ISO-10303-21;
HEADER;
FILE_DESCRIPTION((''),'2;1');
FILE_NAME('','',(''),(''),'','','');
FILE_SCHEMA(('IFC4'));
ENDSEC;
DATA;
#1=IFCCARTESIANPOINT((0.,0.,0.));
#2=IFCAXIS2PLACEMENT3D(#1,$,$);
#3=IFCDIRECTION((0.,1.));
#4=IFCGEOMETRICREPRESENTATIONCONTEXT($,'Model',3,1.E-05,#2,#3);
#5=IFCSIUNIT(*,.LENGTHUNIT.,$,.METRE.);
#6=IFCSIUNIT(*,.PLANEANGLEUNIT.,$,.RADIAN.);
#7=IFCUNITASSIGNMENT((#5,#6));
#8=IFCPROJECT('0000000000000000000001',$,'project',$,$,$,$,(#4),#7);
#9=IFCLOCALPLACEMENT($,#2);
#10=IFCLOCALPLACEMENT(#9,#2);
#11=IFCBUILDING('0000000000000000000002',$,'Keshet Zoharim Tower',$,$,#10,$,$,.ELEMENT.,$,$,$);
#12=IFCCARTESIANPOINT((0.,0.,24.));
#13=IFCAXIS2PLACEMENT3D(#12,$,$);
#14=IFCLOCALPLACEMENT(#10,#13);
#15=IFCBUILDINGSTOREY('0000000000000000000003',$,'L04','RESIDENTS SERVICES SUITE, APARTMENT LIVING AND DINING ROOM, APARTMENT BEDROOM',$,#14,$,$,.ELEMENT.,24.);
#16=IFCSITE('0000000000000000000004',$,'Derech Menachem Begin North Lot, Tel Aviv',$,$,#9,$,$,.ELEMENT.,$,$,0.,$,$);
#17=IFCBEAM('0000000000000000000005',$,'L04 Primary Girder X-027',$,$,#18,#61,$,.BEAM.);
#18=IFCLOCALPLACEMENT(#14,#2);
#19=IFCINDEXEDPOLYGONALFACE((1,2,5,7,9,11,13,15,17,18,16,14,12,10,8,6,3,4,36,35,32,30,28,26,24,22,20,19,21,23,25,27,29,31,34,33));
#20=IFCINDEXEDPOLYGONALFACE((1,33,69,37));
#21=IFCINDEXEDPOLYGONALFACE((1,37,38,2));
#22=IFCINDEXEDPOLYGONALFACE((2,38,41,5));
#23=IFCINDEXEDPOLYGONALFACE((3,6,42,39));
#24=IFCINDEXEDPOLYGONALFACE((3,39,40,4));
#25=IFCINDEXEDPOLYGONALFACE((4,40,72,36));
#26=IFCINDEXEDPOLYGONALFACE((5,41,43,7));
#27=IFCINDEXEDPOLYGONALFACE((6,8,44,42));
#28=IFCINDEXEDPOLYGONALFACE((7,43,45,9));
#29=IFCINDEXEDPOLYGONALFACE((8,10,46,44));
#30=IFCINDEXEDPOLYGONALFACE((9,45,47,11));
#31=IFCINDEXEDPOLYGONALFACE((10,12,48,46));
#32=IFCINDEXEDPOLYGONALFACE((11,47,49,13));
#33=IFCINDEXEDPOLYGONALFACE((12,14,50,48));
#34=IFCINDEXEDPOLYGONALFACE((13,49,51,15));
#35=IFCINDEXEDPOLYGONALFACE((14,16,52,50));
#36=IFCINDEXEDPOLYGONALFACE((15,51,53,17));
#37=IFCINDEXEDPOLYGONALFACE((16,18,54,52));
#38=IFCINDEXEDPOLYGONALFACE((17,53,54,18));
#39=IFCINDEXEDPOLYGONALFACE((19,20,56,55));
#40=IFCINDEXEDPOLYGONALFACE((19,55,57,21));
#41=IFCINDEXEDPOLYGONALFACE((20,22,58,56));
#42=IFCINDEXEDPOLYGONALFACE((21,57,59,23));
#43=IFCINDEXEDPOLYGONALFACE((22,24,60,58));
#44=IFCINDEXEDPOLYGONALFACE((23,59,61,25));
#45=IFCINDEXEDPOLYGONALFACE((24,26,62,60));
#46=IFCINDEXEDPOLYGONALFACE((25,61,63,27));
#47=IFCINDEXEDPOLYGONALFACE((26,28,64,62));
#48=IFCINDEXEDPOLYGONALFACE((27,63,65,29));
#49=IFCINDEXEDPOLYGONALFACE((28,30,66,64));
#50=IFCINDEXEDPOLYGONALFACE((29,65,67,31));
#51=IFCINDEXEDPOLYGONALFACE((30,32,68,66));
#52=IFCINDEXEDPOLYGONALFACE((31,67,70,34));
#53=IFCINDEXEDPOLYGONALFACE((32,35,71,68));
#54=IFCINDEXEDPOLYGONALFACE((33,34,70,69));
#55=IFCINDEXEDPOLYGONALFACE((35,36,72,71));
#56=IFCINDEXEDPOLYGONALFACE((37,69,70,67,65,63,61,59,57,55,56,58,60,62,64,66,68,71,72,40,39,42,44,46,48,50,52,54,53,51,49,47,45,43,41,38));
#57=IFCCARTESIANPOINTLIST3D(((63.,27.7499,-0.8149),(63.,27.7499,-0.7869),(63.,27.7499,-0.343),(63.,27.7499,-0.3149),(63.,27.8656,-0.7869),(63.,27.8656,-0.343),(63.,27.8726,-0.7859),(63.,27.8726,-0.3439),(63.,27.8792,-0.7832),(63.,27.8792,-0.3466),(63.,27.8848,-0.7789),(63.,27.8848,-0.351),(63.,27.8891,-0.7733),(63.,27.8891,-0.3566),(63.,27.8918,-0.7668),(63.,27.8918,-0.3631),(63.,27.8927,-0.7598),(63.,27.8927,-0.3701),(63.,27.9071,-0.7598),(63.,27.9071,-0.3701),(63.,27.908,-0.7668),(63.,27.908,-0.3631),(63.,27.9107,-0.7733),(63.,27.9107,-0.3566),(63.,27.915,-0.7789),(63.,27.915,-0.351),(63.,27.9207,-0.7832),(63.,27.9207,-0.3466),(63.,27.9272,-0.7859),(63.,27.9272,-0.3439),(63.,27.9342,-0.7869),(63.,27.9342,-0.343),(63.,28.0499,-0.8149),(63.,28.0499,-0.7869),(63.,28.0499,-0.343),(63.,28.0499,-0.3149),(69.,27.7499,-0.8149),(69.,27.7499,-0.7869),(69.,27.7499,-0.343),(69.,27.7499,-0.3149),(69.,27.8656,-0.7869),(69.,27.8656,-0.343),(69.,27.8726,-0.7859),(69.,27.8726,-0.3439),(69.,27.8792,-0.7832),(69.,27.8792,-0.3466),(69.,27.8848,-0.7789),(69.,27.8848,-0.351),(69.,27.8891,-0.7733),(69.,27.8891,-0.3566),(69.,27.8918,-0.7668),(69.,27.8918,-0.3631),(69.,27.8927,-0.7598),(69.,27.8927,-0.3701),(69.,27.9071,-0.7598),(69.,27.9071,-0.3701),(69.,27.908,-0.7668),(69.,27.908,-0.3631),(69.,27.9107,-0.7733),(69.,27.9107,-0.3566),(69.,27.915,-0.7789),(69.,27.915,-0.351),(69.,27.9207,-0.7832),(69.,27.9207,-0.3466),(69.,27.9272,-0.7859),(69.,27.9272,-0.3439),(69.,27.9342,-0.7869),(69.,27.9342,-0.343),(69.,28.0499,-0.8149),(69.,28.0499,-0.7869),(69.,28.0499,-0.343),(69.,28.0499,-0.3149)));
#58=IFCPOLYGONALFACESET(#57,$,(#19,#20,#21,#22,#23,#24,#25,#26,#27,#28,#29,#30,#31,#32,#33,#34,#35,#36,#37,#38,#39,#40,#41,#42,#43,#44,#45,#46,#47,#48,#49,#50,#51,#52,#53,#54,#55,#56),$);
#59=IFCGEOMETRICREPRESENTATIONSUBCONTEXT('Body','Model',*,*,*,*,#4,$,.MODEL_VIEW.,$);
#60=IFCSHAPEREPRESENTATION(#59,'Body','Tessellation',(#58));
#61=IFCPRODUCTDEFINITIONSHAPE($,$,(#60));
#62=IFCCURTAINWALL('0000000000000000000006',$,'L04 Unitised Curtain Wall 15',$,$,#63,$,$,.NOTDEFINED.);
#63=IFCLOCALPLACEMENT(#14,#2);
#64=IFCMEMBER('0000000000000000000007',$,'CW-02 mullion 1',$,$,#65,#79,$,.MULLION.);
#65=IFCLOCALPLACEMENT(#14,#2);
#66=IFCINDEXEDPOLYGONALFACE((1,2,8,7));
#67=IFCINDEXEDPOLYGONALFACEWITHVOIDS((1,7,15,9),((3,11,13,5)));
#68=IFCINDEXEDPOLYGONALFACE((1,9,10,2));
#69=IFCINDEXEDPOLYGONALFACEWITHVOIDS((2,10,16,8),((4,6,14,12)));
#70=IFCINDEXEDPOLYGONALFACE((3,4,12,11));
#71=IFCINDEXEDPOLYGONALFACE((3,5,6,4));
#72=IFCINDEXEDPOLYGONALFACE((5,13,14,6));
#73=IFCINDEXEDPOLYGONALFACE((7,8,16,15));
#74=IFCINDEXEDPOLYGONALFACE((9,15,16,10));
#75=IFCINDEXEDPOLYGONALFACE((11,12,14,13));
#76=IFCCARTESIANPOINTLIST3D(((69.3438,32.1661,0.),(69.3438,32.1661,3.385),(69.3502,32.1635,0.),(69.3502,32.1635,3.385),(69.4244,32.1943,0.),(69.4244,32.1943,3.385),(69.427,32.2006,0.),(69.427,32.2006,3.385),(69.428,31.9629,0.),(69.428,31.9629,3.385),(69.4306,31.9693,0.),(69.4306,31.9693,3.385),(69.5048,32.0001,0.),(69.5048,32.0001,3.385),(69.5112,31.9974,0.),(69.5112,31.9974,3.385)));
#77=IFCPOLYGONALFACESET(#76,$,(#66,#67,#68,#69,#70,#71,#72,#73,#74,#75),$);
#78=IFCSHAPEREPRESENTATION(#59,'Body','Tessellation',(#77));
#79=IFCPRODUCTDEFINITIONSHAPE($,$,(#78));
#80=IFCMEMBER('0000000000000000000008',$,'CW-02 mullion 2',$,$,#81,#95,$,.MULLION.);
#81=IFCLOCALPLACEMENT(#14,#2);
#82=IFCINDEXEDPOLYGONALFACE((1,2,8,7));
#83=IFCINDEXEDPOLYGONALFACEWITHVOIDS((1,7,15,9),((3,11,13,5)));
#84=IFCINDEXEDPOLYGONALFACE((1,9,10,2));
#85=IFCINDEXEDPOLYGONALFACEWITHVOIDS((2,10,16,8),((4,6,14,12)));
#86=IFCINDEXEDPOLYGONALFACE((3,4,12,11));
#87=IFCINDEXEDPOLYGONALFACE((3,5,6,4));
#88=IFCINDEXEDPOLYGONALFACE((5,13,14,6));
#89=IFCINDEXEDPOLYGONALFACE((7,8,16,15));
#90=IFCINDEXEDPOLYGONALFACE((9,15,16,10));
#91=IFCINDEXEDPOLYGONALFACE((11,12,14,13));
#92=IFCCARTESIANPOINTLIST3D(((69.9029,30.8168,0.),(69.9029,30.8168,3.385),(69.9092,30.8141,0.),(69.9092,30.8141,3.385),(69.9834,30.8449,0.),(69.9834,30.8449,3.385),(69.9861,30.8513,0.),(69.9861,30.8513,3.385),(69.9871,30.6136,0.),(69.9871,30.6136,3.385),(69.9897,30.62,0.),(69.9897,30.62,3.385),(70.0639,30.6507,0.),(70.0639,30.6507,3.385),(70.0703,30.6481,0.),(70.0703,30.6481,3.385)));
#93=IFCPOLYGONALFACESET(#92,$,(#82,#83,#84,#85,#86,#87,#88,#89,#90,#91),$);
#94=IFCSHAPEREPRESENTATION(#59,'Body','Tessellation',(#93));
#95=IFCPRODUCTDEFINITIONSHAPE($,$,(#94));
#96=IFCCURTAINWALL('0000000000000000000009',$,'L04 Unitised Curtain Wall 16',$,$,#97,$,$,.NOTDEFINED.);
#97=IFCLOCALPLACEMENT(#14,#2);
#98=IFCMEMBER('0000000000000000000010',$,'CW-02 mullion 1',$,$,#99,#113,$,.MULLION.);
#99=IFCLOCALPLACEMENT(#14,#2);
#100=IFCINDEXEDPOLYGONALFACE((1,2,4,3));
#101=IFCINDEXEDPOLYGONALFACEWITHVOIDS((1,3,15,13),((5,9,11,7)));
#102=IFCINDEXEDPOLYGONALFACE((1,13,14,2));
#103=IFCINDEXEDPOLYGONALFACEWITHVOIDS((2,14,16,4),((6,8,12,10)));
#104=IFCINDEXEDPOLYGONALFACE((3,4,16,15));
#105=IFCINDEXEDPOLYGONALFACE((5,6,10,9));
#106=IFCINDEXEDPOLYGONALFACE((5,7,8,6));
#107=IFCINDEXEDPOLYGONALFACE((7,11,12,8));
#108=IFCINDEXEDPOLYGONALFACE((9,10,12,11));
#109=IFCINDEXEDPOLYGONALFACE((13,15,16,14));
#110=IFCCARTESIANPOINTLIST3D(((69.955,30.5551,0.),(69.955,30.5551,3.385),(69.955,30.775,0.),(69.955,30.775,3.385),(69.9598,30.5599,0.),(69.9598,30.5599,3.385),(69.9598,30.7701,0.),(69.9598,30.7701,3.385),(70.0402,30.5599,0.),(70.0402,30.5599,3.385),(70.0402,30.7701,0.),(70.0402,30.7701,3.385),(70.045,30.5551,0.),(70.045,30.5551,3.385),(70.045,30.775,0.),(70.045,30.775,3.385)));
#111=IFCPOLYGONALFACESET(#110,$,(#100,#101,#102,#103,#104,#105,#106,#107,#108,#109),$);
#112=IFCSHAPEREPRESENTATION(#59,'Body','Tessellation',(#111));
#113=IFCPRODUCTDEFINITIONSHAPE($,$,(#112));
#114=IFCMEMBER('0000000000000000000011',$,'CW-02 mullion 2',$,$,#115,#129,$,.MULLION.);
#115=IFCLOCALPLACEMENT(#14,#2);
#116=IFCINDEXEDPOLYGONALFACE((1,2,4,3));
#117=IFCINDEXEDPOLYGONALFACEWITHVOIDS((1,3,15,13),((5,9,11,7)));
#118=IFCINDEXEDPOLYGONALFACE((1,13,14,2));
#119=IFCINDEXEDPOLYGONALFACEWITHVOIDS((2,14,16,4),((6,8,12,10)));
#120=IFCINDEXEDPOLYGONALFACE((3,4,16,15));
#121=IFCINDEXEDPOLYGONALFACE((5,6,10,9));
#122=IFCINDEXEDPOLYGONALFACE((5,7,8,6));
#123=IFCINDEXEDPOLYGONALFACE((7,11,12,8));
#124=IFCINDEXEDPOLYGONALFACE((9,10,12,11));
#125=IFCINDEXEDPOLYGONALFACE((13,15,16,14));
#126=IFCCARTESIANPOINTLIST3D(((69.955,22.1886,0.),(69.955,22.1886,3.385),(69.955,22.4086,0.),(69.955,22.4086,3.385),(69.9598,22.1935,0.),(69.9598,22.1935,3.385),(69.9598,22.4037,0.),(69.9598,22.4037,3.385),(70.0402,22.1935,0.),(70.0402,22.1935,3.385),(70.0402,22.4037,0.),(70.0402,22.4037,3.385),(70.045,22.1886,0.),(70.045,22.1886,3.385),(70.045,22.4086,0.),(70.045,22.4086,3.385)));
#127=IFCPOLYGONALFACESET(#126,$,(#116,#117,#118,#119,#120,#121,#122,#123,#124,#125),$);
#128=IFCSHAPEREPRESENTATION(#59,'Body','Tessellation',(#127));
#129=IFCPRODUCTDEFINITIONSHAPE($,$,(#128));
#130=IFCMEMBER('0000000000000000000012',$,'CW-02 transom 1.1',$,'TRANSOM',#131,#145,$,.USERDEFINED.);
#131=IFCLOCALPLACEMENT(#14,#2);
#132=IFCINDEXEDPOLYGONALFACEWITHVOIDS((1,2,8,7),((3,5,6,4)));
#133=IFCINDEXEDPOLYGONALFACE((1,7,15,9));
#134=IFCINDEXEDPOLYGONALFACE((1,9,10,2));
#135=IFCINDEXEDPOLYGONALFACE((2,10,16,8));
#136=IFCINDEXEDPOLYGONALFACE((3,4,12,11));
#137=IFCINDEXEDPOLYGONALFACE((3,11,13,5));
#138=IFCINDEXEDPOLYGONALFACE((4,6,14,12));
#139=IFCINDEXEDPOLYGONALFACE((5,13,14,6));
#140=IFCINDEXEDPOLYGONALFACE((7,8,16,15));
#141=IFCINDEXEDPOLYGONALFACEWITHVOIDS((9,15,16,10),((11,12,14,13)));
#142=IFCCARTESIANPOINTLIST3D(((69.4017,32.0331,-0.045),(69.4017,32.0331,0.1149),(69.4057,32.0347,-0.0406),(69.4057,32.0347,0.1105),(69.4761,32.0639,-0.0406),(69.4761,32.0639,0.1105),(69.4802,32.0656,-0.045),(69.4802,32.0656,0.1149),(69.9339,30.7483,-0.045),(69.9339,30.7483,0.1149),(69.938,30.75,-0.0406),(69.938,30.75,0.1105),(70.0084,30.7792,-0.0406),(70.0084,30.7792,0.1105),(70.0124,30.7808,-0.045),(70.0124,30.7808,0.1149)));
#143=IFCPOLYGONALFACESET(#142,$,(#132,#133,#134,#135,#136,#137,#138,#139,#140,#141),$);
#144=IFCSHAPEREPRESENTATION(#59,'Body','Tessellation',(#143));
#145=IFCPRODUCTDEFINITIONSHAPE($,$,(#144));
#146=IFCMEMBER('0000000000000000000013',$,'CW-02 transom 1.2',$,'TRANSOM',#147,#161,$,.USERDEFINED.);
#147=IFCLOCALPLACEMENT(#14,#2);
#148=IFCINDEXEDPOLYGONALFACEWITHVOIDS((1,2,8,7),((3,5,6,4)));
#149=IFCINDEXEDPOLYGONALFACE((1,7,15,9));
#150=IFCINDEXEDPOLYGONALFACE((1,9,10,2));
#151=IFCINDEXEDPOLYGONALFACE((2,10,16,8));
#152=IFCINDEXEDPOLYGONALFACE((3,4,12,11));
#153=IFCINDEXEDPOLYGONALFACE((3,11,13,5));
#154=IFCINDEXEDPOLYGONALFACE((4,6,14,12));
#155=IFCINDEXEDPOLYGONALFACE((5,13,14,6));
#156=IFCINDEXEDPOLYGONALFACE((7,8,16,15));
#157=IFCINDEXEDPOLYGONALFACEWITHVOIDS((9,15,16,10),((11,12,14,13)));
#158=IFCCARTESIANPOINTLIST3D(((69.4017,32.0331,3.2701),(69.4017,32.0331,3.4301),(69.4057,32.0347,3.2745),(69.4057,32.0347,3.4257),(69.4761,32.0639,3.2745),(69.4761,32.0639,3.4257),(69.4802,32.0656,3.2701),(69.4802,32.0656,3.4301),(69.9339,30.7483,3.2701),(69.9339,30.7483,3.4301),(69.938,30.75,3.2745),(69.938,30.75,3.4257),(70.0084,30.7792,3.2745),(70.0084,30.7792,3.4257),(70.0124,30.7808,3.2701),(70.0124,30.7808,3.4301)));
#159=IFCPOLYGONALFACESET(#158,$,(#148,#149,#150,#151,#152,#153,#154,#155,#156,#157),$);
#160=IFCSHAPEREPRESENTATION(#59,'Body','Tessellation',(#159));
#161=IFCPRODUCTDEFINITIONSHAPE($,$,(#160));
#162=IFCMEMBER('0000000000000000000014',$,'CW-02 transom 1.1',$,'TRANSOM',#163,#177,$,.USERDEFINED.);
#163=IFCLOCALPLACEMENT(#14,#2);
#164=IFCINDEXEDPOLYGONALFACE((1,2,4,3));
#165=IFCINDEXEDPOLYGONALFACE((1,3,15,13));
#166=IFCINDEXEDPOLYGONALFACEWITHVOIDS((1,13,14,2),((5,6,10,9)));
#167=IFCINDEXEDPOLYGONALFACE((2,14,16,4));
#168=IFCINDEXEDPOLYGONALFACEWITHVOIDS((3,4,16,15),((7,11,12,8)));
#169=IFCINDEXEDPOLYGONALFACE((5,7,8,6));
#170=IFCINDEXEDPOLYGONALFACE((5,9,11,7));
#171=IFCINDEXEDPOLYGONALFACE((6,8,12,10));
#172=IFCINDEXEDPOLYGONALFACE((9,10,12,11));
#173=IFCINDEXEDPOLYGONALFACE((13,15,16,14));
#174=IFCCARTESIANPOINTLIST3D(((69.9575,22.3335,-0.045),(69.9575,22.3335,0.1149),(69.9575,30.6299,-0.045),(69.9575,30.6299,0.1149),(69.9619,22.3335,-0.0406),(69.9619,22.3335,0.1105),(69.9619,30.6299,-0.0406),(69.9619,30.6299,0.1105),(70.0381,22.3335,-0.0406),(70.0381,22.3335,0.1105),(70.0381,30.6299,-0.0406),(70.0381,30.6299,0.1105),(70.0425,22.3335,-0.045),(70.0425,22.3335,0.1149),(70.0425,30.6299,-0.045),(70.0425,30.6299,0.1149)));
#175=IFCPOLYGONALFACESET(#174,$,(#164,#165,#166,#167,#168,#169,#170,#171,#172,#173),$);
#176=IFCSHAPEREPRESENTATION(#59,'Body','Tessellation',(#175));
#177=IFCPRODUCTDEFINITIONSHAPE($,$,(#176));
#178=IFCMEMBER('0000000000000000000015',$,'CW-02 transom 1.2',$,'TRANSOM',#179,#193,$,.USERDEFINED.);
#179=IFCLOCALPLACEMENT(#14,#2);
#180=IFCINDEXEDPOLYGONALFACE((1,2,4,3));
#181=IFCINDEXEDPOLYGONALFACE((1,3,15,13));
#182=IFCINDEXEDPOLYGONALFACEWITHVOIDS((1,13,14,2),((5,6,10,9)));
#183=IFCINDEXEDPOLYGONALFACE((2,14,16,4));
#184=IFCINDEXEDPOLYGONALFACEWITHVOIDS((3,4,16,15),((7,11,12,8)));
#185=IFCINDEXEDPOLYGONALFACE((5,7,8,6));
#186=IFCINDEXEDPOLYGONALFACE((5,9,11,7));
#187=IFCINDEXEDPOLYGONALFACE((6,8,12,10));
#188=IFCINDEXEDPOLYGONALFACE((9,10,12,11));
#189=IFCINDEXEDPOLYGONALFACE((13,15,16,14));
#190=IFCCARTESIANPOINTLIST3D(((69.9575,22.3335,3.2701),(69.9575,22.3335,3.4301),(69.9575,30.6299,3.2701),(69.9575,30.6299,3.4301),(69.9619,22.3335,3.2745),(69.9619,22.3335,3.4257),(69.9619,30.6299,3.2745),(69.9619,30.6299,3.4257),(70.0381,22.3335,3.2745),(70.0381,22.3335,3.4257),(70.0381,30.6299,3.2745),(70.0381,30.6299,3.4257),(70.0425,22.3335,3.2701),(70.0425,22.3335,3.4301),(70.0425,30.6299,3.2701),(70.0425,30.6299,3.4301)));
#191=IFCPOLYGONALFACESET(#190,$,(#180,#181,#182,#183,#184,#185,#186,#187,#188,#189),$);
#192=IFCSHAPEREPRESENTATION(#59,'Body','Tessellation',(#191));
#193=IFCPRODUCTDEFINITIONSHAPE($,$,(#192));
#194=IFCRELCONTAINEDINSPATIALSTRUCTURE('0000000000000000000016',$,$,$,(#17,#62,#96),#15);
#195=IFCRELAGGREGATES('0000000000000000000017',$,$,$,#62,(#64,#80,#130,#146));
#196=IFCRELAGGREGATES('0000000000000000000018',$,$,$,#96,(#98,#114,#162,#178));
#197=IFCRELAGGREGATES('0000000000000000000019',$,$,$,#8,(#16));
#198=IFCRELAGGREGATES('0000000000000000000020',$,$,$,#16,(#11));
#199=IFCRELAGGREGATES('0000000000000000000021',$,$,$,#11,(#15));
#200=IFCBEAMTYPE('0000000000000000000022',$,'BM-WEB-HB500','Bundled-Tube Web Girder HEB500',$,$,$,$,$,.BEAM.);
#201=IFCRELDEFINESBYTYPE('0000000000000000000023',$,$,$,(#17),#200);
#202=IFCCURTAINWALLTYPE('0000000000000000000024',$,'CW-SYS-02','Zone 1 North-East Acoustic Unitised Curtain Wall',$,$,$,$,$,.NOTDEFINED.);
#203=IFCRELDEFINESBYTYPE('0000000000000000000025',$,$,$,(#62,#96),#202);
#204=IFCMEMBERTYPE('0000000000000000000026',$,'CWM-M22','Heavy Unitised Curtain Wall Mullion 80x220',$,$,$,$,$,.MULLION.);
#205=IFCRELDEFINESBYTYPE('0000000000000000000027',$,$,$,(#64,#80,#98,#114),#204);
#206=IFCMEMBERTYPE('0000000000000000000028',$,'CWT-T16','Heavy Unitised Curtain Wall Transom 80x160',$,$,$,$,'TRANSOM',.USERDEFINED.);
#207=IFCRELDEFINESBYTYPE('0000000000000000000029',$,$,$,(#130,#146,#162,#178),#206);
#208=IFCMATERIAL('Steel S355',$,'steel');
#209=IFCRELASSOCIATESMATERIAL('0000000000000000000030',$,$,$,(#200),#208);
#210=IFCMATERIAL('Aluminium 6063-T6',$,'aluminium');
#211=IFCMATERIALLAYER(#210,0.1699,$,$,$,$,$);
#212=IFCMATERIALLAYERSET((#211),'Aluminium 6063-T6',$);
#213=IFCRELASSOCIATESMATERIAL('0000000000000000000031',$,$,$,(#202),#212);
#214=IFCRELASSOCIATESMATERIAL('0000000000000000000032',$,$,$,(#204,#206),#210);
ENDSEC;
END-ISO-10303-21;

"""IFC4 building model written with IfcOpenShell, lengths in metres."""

from ifc_helpers import new_model, si_unit, direction, frame, origin, origin_2d, place, context, subcontext, project, spatial, hollow_rectangle, i_section, extrude, material, layer, layer_set, material_profile, profile_set, type_object, element, aggregate, save


model = new_model("IFC4")

# Units and contexts
model_context = context("Model", 3, precision=1e-05, world=origin(), true_north=direction((0.0, 1.0)))
body_context = subcontext(model_context, "Body", "Model", "MODEL_VIEW")
ifc_project = project(units=[si_unit("LENGTHUNIT", "METRE"), si_unit("PLANEANGLEUNIT", "RADIAN")], contexts=[model_context])

# Site, building, storey
site_placement = place(None, origin())
site = spatial("IfcSite", under=ifc_project, at=site_placement, Name="Derech Menachem Begin North Lot, Tel Aviv", CompositionType="ELEMENT", RefElevation=0.0)
building_placement = place(site_placement, origin())
building = spatial("IfcBuilding", under=site, at=building_placement, Name="Keshet Zoharim Tower", CompositionType="ELEMENT")
storey_placement = place(building_placement, frame((0.0, 0.0, 24.0)))
storey = spatial("IfcBuildingStorey", under=building, at=storey_placement, Name="L04", Description="RESIDENTS SERVICES SUITE, APARTMENT LIVING AND DINING ROOM, APARTMENT BEDROOM", CompositionType="ELEMENT", Elevation=24.0)

# Shared definitions
ifc_material_1 = material(Name="Steel S355", Category="steel")

# Beam
ifc_material_profile_1 = material_profile(ifc_material_1, i_section(OverallWidth=0.3, OverallDepth=0.5, WebThickness=0.0144, FlangeThickness=0.0281, FilletRadius=0.0271, at=origin_2d()), Name="HEB500")
ifc_profile_set_1 = profile_set([ifc_material_profile_1], Name="Steel S355")
beam_type_1 = type_object("IfcBeamType", Name="BM-WEB-HB500", Description="Bundled-Tube Web Girder HEB500", PredefinedType="BEAM", material=ifc_profile_set_1)
for number, where, z_axis, x_axis, name in (
    (1, (63.0, 27.8999, -0.5649), (1.0, 0.0, 0.0), (0.0, 1.0, 0.0), "L04 Primary Girder X-027"),
):
    element("IfcBeam", number, at=place(storey_placement, frame(where, z_axis=z_axis, x_axis=x_axis)), inside=storey, type_object=beam_type_1, Name=name, PredefinedType="BEAM", context=body_context, shape_type="SweptSolid", body=[
        extrude(i_section(OverallWidth=0.3, OverallDepth=0.5, WebThickness=0.0144, FlangeThickness=0.0281, FilletRadius=0.0271, at=origin_2d()), origin(), (0.0, 0.0, 1.0), 6.0),
    ])

# Curtain walls, members
ifc_material_2 = material(Name="Aluminium 6063-T6", Category="aluminium")
ifc_layer_1 = layer(ifc_material_2, 0.1699)
ifc_layer_set_1 = layer_set([ifc_layer_1], Name="Aluminium 6063-T6")
curtain_wall_type = type_object("IfcCurtainWallType", Name="CW-SYS-02", Description="Zone 1 North-East Acoustic Unitised Curtain Wall", PredefinedType="NOTDEFINED", material=ifc_layer_set_1)
curtain_wall_1_placement = place(storey_placement, origin())
curtain_wall_1 = element("IfcCurtainWall", 2, at=curtain_wall_1_placement, inside=storey, type_object=curtain_wall_type, Name="L04 Unitised Curtain Wall 15", PredefinedType="NOTDEFINED")
ifc_material_profile_2 = material_profile(ifc_material_2, hollow_rectangle(XDim=0.0901, YDim=0.22, WallThickness=0.0049, at=origin_2d()), Name="MUL-90x220")
ifc_profile_set_2 = profile_set([ifc_material_profile_2], Name="Aluminium 6063-T6")
member_type_1 = type_object("IfcMemberType", Name="CWM-M22", Description="Heavy Unitised Curtain Wall Mullion 80x220", PredefinedType="MULLION", material=ifc_profile_set_2)
member_1_placement = place(storey_placement, frame((69.4275, 32.0818, 0.0), z_axis=(0.0, 0.0, 1.0), x_axis=(0.92381, 0.382852, 0.0)))
member_1 = element("IfcMember", 3, at=member_1_placement, type_object=member_type_1, Name="CW-02 mullion 1", PredefinedType="MULLION", context=body_context, shape_type="SweptSolid", body=[
    extrude(hollow_rectangle(XDim=0.0901, YDim=0.22, WallThickness=0.0049, at=origin_2d()), origin(), (0.0, 0.0, 1.0), 3.385),
])
member_2_placement = place(storey_placement, frame((69.9866, 30.7324, 0.0), z_axis=(0.0, 0.0, 1.0), x_axis=(0.92381, 0.382852, 0.0)))
member_2 = element("IfcMember", 4, at=member_2_placement, type_object=member_type_1, Name="CW-02 mullion 2", PredefinedType="MULLION", context=body_context, shape_type="SweptSolid", body=[
    extrude(hollow_rectangle(XDim=0.0901, YDim=0.22, WallThickness=0.0049, at=origin_2d()), origin(), (0.0, 0.0, 1.0), 3.385),
])
curtain_wall_2_placement = place(storey_placement, origin())
curtain_wall_2 = element("IfcCurtainWall", 5, at=curtain_wall_2_placement, inside=storey, type_object=curtain_wall_type, Name="L04 Unitised Curtain Wall 16", PredefinedType="NOTDEFINED")
member_3_placement = place(storey_placement, frame((70.0, 30.665, 0.0), z_axis=(0.0, 0.0, 1.0), x_axis=(1.0, 0.0, 0.0)))
member_3 = element("IfcMember", 6, at=member_3_placement, type_object=member_type_1, Name="CW-02 mullion 1", PredefinedType="MULLION", context=body_context, shape_type="SweptSolid", body=[
    extrude(hollow_rectangle(XDim=0.0901, YDim=0.22, WallThickness=0.0049, at=origin_2d()), origin(), (0.0, 0.0, 1.0), 3.385),
])
member_4_placement = place(storey_placement, frame((70.0, 22.2986, 0.0), z_axis=(0.0, 0.0, 1.0), x_axis=(1.0, 0.0, 0.0)))
member_4 = element("IfcMember", 7, at=member_4_placement, type_object=member_type_1, Name="CW-02 mullion 2", PredefinedType="MULLION", context=body_context, shape_type="SweptSolid", body=[
    extrude(hollow_rectangle(XDim=0.0901, YDim=0.22, WallThickness=0.0049, at=origin_2d()), origin(), (0.0, 0.0, 1.0), 3.385),
])

# Members
ifc_material_profile_3 = material_profile(ifc_material_2, hollow_rectangle(XDim=0.085, YDim=0.1599, WallThickness=0.0044, at=origin_2d()), Name="TRN-85x160")
ifc_profile_set_3 = profile_set([ifc_material_profile_3], Name="Aluminium 6063-T6")
member_type_2 = type_object("IfcMemberType", Name="CWT-T16", Description="Heavy Unitised Curtain Wall Transom 80x160", ElementType="TRANSOM", PredefinedType="USERDEFINED", material=ifc_profile_set_3)
member_5_placement = place(storey_placement, frame((69.4409, 32.0493, 0.0349), z_axis=(0.382745, -0.923854, 0.0), x_axis=(0.923854, 0.382745, 0.0)))
member_5 = element("IfcMember", 8, at=member_5_placement, type_object=member_type_2, Name="CW-02 transom 1.1", ObjectType="TRANSOM", PredefinedType="USERDEFINED", context=body_context, shape_type="SweptSolid", body=[
    extrude(hollow_rectangle(XDim=0.085, YDim=0.1599, WallThickness=0.0044, at=origin_2d()), origin(), (0.0, 0.0, 1.0), 1.3906),
])
member_6_placement = place(storey_placement, frame((69.4409, 32.0493, 3.3501), z_axis=(0.382745, -0.923854, 0.0), x_axis=(0.923854, 0.382745, 0.0)))
member_6 = element("IfcMember", 9, at=member_6_placement, type_object=member_type_2, Name="CW-02 transom 1.2", ObjectType="TRANSOM", PredefinedType="USERDEFINED", context=body_context, shape_type="SweptSolid", body=[
    extrude(hollow_rectangle(XDim=0.085, YDim=0.1599, WallThickness=0.0044, at=origin_2d()), origin(), (0.0, 0.0, 1.0), 1.3906),
])
member_7_placement = place(storey_placement, frame((70.0, 30.6299, 0.0349), z_axis=(0.0, -1.0, 0.0), x_axis=(1.0, 0.0, 0.0)))
member_7 = element("IfcMember", 10, at=member_7_placement, type_object=member_type_2, Name="CW-02 transom 1.1", ObjectType="TRANSOM", PredefinedType="USERDEFINED", context=body_context, shape_type="SweptSolid", body=[
    extrude(hollow_rectangle(XDim=0.085, YDim=0.1599, WallThickness=0.0044, at=origin_2d()), origin(), (0.0, 0.0, 1.0), 8.2964),
])
member_8_placement = place(storey_placement, frame((70.0, 30.6299, 3.3501), z_axis=(0.0, -1.0, 0.0), x_axis=(1.0, 0.0, 0.0)))
member_8 = element("IfcMember", 11, at=member_8_placement, type_object=member_type_2, Name="CW-02 transom 1.2", ObjectType="TRANSOM", PredefinedType="USERDEFINED", context=body_context, shape_type="SweptSolid", body=[
    extrude(hollow_rectangle(XDim=0.085, YDim=0.1599, WallThickness=0.0044, at=origin_2d()), origin(), (0.0, 0.0, 1.0), 8.2964),
])

aggregate(curtain_wall_1, [member_1, member_2, member_5, member_6])
aggregate(curtain_wall_2, [member_3, member_4, member_7, member_8])

save(model, "model.ifc")
